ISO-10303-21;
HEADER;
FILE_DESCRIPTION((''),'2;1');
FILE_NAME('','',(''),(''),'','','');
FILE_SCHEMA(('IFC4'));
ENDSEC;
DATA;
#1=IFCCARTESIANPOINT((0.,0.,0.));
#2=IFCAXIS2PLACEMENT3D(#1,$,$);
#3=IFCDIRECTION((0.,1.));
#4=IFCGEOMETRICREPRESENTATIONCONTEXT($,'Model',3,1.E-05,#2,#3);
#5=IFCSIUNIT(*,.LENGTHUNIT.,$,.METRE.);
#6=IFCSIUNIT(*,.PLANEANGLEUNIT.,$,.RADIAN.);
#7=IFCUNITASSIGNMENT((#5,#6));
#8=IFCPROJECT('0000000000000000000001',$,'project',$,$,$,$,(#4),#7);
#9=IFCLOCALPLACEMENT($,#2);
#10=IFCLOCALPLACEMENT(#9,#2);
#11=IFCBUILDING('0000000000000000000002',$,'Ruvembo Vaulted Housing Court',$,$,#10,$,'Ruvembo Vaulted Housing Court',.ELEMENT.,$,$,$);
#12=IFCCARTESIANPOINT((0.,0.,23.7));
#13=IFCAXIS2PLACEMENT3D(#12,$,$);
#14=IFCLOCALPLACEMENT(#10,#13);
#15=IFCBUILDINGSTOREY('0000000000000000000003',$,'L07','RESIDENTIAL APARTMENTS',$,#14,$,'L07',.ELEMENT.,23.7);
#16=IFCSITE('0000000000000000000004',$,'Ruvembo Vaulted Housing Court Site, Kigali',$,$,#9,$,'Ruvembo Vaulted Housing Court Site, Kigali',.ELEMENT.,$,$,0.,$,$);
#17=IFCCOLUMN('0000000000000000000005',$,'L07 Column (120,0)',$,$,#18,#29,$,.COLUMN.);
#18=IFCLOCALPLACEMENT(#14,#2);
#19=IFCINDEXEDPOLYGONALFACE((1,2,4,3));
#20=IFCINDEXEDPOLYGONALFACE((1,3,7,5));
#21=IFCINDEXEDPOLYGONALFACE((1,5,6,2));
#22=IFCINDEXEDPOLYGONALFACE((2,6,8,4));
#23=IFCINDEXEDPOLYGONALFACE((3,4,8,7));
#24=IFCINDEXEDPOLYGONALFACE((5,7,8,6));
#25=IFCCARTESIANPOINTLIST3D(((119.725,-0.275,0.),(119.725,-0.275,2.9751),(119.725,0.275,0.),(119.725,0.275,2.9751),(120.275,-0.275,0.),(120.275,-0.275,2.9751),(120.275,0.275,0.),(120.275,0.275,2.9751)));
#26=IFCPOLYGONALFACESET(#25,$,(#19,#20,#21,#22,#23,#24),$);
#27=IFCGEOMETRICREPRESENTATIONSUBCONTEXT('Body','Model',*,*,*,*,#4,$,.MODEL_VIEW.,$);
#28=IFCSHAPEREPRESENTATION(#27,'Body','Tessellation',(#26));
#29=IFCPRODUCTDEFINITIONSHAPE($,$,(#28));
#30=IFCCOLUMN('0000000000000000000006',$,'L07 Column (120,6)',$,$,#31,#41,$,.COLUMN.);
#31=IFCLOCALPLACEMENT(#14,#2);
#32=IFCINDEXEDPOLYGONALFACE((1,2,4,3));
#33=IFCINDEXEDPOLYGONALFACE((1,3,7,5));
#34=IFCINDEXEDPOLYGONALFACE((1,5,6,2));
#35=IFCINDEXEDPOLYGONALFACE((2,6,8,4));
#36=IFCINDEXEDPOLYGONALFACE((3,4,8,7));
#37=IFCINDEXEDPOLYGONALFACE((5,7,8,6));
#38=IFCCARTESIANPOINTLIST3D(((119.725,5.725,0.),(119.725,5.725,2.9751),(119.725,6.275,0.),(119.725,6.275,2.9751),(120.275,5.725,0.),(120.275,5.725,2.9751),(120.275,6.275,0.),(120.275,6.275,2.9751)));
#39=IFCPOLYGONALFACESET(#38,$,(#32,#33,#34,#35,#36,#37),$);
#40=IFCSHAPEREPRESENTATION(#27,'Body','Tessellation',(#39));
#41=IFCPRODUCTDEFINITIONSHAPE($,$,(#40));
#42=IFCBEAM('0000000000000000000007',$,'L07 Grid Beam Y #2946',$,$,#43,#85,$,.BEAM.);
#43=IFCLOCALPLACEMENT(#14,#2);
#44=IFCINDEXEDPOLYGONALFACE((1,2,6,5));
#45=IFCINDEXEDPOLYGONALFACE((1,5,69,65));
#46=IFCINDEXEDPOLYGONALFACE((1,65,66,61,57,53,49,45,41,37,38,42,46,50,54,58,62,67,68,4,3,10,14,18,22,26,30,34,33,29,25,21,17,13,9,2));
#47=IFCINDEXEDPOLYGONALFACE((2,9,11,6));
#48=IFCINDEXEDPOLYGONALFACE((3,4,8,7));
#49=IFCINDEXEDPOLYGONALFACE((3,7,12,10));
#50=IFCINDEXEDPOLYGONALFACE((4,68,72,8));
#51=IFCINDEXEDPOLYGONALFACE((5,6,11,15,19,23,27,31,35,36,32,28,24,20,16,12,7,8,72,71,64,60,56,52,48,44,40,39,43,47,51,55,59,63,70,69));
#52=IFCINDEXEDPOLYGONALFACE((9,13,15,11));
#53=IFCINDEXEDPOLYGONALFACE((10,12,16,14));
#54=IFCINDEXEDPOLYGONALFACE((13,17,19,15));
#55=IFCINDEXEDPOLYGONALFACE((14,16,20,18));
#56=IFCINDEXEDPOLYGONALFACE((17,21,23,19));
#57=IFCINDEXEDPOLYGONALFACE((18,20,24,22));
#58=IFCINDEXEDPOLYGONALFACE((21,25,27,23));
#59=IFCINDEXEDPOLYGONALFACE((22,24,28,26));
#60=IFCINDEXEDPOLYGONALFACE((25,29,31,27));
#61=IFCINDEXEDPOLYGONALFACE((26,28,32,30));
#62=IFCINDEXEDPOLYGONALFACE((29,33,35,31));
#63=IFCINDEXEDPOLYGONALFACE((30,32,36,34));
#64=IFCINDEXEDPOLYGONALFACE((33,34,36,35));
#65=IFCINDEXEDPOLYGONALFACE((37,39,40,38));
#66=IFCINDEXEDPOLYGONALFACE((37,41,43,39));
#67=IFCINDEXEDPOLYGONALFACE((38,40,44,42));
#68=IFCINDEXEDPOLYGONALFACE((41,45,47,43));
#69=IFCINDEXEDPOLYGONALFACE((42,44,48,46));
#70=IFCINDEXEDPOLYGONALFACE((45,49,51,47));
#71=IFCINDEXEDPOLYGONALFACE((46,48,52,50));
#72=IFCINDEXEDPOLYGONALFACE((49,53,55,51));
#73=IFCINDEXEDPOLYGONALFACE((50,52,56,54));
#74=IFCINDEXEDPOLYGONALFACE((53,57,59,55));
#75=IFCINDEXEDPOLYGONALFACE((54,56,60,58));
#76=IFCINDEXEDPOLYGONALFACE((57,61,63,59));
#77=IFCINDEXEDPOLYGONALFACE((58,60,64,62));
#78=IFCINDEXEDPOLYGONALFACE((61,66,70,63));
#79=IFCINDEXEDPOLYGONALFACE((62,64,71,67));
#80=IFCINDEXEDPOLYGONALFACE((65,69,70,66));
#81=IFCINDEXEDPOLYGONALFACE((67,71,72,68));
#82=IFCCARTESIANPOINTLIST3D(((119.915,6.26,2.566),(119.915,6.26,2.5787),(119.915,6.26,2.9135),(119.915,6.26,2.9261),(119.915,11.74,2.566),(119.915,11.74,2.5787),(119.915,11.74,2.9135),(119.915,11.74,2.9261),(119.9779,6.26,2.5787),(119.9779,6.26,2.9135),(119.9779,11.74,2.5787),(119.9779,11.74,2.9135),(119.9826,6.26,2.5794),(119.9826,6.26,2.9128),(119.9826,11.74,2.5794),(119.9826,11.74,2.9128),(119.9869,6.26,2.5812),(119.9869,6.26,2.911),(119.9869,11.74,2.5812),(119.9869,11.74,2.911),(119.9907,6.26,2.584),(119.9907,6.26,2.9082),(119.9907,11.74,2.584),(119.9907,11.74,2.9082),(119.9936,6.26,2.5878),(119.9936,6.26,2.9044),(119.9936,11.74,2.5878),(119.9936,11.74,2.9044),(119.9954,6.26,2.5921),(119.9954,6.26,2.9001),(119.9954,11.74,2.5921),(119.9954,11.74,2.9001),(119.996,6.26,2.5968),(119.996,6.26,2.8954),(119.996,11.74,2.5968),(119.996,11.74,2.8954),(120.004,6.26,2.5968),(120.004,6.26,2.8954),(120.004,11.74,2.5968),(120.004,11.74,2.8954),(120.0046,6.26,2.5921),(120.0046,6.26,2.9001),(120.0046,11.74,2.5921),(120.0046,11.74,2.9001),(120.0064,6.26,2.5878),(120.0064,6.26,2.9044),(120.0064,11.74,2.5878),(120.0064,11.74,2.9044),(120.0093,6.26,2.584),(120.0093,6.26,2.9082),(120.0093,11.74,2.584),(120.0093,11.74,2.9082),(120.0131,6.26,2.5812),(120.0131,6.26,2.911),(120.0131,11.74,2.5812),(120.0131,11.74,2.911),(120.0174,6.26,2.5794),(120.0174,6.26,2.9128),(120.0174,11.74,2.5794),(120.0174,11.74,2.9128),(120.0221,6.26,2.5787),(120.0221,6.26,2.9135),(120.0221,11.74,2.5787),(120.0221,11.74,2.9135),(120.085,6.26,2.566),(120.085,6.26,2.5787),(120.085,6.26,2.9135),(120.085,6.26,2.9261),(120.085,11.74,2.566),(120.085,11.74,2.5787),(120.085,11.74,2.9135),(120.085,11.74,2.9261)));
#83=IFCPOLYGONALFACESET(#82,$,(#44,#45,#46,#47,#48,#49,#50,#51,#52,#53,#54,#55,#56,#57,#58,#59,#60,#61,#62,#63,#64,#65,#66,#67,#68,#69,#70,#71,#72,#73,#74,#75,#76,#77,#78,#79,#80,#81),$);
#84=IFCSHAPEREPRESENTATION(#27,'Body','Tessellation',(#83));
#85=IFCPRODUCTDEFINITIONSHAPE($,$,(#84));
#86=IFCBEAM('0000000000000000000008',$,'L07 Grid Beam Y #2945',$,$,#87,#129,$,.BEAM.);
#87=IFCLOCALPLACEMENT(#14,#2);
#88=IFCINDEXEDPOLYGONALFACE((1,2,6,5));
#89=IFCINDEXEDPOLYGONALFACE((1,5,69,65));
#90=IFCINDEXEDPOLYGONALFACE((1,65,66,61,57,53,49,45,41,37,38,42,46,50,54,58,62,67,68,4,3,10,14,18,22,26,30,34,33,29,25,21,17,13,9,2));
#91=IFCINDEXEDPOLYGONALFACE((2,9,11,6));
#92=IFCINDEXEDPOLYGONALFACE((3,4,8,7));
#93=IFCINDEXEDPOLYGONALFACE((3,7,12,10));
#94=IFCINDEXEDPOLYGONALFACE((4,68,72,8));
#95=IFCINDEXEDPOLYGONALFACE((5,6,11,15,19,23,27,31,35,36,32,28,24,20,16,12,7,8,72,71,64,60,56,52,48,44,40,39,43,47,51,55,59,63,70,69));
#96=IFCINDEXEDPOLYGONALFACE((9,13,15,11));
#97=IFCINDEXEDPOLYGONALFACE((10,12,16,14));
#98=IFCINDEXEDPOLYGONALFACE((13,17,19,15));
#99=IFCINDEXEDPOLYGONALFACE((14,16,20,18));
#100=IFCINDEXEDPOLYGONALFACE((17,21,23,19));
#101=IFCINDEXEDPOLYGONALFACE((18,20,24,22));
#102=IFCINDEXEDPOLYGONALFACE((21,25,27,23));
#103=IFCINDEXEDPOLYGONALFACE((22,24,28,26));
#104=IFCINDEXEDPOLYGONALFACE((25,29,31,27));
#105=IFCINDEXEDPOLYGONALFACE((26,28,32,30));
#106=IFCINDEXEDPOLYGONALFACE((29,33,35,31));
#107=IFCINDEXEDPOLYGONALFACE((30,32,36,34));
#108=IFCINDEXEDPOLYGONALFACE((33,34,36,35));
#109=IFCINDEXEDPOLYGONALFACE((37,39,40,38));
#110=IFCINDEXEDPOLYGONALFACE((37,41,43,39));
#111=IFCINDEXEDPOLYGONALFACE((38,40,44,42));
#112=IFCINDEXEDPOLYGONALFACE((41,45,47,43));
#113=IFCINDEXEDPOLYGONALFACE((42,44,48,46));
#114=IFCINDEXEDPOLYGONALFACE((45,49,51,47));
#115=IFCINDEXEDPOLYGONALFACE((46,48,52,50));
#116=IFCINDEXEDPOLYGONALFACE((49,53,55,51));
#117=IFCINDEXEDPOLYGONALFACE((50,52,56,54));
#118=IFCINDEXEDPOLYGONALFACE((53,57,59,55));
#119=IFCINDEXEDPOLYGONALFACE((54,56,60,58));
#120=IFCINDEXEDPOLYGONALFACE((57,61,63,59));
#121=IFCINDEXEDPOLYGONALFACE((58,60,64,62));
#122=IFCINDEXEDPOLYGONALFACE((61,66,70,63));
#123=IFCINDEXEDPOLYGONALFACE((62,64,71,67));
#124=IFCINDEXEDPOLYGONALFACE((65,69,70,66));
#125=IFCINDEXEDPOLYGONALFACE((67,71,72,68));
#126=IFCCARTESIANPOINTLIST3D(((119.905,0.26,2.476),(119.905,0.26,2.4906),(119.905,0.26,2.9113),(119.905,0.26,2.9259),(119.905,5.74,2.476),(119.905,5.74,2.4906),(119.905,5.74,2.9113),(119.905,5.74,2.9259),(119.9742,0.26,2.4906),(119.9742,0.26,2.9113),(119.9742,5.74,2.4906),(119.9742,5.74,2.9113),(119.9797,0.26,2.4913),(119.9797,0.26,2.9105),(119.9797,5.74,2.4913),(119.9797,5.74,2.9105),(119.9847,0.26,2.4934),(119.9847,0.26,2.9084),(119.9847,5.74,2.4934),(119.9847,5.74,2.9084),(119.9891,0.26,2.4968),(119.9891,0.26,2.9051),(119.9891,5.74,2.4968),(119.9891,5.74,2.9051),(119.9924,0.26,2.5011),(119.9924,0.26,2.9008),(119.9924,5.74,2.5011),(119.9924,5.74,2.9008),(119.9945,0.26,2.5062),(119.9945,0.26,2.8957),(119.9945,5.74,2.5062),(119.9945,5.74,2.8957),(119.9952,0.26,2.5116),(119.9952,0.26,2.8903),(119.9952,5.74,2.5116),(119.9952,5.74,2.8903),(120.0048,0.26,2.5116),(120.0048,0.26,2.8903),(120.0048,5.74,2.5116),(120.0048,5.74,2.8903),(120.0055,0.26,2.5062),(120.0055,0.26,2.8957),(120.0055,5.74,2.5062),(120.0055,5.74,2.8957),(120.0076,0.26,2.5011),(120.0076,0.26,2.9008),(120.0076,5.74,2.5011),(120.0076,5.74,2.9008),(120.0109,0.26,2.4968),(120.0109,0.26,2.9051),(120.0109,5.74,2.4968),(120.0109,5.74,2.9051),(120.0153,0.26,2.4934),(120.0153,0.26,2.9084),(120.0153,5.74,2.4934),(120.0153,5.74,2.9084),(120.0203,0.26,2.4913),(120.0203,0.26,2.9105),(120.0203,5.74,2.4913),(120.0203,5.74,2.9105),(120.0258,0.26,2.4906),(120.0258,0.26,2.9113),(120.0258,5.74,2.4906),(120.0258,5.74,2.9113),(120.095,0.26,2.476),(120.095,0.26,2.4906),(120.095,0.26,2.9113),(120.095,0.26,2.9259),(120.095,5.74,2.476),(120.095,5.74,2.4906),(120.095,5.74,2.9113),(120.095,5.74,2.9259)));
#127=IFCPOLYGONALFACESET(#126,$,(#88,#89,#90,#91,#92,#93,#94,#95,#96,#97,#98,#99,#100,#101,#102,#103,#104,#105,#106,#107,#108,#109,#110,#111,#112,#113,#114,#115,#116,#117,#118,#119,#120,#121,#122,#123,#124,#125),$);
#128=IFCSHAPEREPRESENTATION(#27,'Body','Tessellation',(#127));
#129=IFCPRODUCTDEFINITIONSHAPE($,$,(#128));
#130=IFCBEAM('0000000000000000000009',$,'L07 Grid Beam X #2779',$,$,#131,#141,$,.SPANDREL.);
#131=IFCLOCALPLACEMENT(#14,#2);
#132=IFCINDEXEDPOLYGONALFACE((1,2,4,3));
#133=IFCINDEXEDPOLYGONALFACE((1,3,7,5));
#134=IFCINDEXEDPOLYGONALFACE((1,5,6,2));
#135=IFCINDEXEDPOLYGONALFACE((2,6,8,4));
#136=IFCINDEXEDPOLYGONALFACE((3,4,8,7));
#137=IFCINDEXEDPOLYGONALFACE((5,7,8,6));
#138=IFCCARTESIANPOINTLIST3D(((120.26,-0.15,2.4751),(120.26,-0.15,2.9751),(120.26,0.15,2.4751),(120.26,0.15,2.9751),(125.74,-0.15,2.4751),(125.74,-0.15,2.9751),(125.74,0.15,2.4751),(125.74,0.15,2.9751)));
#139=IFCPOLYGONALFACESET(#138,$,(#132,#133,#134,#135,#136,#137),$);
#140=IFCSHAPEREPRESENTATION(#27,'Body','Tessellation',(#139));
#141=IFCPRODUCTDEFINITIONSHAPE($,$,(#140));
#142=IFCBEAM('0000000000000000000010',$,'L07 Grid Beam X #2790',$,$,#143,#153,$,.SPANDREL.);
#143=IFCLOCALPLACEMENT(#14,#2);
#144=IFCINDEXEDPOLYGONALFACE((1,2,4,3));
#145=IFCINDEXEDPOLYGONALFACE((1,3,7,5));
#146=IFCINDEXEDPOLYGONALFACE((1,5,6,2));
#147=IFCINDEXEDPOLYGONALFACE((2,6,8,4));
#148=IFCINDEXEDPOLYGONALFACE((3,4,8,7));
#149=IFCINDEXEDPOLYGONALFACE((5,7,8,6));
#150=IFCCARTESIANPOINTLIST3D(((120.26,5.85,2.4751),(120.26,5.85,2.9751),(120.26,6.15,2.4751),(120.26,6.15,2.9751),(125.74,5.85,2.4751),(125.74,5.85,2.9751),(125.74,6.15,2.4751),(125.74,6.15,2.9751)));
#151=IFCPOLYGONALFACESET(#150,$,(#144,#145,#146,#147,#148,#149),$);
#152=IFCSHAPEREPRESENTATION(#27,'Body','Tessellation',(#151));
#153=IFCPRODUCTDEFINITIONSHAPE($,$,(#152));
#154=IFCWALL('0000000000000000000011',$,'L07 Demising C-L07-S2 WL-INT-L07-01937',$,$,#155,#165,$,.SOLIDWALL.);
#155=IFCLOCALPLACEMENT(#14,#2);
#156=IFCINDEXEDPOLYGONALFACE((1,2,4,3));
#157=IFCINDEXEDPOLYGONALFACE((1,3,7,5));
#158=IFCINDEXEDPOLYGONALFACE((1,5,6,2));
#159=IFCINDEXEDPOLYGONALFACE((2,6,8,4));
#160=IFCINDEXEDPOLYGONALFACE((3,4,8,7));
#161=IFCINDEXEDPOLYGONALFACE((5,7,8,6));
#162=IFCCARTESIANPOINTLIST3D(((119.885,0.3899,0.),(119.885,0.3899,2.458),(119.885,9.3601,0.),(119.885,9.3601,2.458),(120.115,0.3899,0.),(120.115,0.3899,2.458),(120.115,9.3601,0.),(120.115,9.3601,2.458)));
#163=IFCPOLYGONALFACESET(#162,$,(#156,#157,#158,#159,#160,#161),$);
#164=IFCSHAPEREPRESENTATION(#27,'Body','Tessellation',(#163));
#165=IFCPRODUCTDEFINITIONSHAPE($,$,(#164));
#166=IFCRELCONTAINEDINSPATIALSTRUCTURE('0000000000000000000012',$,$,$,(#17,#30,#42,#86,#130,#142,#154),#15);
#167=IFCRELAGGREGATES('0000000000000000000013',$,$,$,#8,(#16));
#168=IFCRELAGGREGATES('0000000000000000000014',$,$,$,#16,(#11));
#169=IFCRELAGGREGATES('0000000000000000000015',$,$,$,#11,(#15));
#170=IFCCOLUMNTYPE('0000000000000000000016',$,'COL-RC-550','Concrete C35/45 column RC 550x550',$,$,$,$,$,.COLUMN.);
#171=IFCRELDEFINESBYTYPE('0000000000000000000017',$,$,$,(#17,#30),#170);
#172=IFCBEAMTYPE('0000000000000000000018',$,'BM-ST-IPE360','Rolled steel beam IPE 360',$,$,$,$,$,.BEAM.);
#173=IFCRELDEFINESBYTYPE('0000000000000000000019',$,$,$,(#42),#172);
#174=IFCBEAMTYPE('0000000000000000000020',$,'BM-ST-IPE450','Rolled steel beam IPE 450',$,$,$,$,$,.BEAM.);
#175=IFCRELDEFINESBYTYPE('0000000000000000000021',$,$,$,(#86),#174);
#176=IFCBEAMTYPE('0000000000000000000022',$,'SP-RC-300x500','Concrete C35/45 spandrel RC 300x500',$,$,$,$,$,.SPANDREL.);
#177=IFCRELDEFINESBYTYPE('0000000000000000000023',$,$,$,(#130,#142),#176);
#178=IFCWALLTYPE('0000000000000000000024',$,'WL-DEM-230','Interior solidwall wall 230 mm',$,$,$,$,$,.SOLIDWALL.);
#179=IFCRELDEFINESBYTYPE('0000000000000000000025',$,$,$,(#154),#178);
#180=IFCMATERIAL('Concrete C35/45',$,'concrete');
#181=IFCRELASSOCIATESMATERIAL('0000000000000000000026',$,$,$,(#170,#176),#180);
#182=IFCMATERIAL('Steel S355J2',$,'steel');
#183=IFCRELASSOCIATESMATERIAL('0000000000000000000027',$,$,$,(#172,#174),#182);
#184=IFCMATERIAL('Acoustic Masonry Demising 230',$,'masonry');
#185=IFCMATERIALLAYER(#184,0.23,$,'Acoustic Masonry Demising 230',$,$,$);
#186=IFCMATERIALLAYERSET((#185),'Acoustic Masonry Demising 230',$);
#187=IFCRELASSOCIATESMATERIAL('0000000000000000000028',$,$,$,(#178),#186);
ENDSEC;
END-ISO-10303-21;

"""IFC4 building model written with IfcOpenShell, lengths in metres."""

from ifc_helpers import new_model, si_unit, direction, frame, frame_2d, origin, origin_2d, place, context, subcontext, project, spatial, rectangle, i_section, extrude, material, layer, layer_set, material_profile, profile_set, type_object, element, save


model = new_model("IFC4")

# Units and contexts
model_context = context("Model", 3, precision=1e-05, world=origin(), true_north=direction((0.0, 1.0)))
body_context = subcontext(model_context, "Body", "Model", "MODEL_VIEW")
ifc_project = project(units=[si_unit("LENGTHUNIT", "METRE"), si_unit("PLANEANGLEUNIT", "RADIAN")], contexts=[model_context])

# Site, building, storey
site_placement = place(None, origin())
site = spatial("IfcSite", under=ifc_project, at=site_placement, Name="Ruvembo Vaulted Housing Court Site, Kigali", LongName="Ruvembo Vaulted Housing Court Site, Kigali", CompositionType="ELEMENT", RefElevation=0.0)
building_placement = place(site_placement, origin())
building = spatial("IfcBuilding", under=site, at=building_placement, Name="Ruvembo Vaulted Housing Court", LongName="Ruvembo Vaulted Housing Court", CompositionType="ELEMENT")
storey_placement = place(building_placement, frame((0.0, 0.0, 23.7)))
storey = spatial("IfcBuildingStorey", under=building, at=storey_placement, Name="L07", Description="RESIDENTIAL APARTMENTS", LongName="L07", CompositionType="ELEMENT", Elevation=23.7)

# Columns
ifc_material_1 = material(Name="Concrete C35/45", Category="concrete")
ifc_material_profile_1 = material_profile(ifc_material_1, rectangle(XDim=0.55, YDim=0.55, at=origin_2d()), Name="RC 550x550")
ifc_profile_set_1 = profile_set([ifc_material_profile_1], Name="Concrete C35/45")
column_type = type_object("IfcColumnType", Name="COL-RC-550", Description="Concrete C35/45 column RC 550x550", PredefinedType="COLUMN", material=ifc_profile_set_1)
for number, where, z_axis, x_axis, name in (
    (1, (120.0, 0.0, 0.0), (0.0, 0.0, 1.0), (1.0, 0.0, 0.0), "L07 Column (120,0)"),
    (2, (120.0, 6.0, 0.0), (0.0, 0.0, 1.0), (1.0, 0.0, 0.0), "L07 Column (120,6)"),
):
    element("IfcColumn", number, at=place(storey_placement, frame(where, z_axis=z_axis, x_axis=x_axis)), inside=storey, type_object=column_type, Name=name, PredefinedType="COLUMN", context=body_context, shape_type="SweptSolid", body=[
        extrude(rectangle(XDim=0.55, YDim=0.55, at=origin_2d()), origin(), (0.0, 0.0, 1.0), 2.9751),
    ])

# Beams
ifc_material_2 = material(Name="Steel S355J2", Category="steel")
ifc_material_profile_2 = material_profile(ifc_material_2, i_section(OverallWidth=0.1699, OverallDepth=0.3601, WebThickness=0.0081, FlangeThickness=0.0127, FilletRadius=0.0181, at=origin_2d()), Name="IPE 360")
ifc_profile_set_2 = profile_set([ifc_material_profile_2], Name="Steel S355J2")
beam_type_1 = type_object("IfcBeamType", Name="BM-ST-IPE360", Description="Rolled steel beam IPE 360", PredefinedType="BEAM", material=ifc_profile_set_2)
beam_1_placement = place(storey_placement, frame((120.0, 6.26, 2.7461), z_axis=(0.0, 1.0, 0.0), x_axis=(-1.0, 0.0, 0.0)))
element("IfcBeam", 3, at=beam_1_placement, inside=storey, type_object=beam_type_1, Name="L07 Grid Beam Y #2946", PredefinedType="BEAM", context=body_context, shape_type="SweptSolid", body=[
    extrude(i_section(OverallWidth=0.1699, OverallDepth=0.3601, WebThickness=0.0081, FlangeThickness=0.0127, FilletRadius=0.0181, at=origin_2d()), origin(), (0.0, 0.0, 1.0), 5.48),
])
ifc_material_profile_3 = material_profile(ifc_material_2, i_section(OverallWidth=0.1899, OverallDepth=0.45, WebThickness=0.0095, FlangeThickness=0.0146, FilletRadius=0.021, at=origin_2d()), Name="IPE 450")
ifc_profile_set_3 = profile_set([ifc_material_profile_3], Name="Steel S355J2")
beam_type_2 = type_object("IfcBeamType", Name="BM-ST-IPE450", Description="Rolled steel beam IPE 450", PredefinedType="BEAM", material=ifc_profile_set_3)
beam_2_placement = place(storey_placement, frame((120.0, 0.26, 2.7009), z_axis=(0.0, 1.0, 0.0), x_axis=(-1.0, 0.0, 0.0)))
element("IfcBeam", 4, at=beam_2_placement, inside=storey, type_object=beam_type_2, Name="L07 Grid Beam Y #2945", PredefinedType="BEAM", context=body_context, shape_type="SweptSolid", body=[
    extrude(i_section(OverallWidth=0.1899, OverallDepth=0.45, WebThickness=0.0095, FlangeThickness=0.0146, FilletRadius=0.021, at=origin_2d()), origin(), (0.0, 0.0, 1.0), 5.48),
])
ifc_material_profile_4 = material_profile(ifc_material_1, rectangle(XDim=0.3, YDim=0.5, at=origin_2d()), Name="RC 300x500")
ifc_profile_set_4 = profile_set([ifc_material_profile_4], Name="Concrete C35/45")
beam_type_3 = type_object("IfcBeamType", Name="SP-RC-300x500", Description="Concrete C35/45 spandrel RC 300x500", PredefinedType="SPANDREL", material=ifc_profile_set_4)
for number, where, z_axis, x_axis, name in (
    (5, (120.26, 0.0, 2.7251), (1.0, 0.0, 0.0), (0.0, 1.0, 0.0), "L07 Grid Beam X #2779"),
    (6, (120.26, 6.0, 2.7251), (1.0, 0.0, 0.0), (0.0, 1.0, 0.0), "L07 Grid Beam X #2790"),
):
    element("IfcBeam", number, at=place(storey_placement, frame(where, z_axis=z_axis, x_axis=x_axis)), inside=storey, type_object=beam_type_3, Name=name, PredefinedType="SPANDREL", context=body_context, shape_type="SweptSolid", body=[
        extrude(rectangle(XDim=0.3, YDim=0.5, at=origin_2d()), origin(), (0.0, 0.0, 1.0), 5.48),
    ])

# Wall
ifc_material_3 = material(Name="Acoustic Masonry Demising 230", Category="masonry")
ifc_layer_1 = layer(ifc_material_3, 0.23, Name="Acoustic Masonry Demising 230")
ifc_layer_set_1 = layer_set([ifc_layer_1], Name="Acoustic Masonry Demising 230")
wall_type_1 = type_object("IfcWallType", Name="WL-DEM-230", Description="Interior solidwall wall 230 mm", PredefinedType="SOLIDWALL", material=ifc_layer_set_1)
wall_1_placement = place(storey_placement, frame((120.0, 0.3899, 0.0), z_axis=(0.0, 0.0, 1.0), x_axis=(0.0, 1.0, 0.0)))
element("IfcWall", 7, at=wall_1_placement, inside=storey, type_object=wall_type_1, Name="L07 Demising C-L07-S2 WL-INT-L07-01937", PredefinedType="SOLIDWALL", context=body_context, shape_type="SweptSolid", body=[
    extrude(rectangle(XDim=8.9702, YDim=0.23, at=frame_2d((4.4851, 0.0))), origin(), (0.0, 0.0, 1.0), 2.458),
])

save(model, "model.ifc")
